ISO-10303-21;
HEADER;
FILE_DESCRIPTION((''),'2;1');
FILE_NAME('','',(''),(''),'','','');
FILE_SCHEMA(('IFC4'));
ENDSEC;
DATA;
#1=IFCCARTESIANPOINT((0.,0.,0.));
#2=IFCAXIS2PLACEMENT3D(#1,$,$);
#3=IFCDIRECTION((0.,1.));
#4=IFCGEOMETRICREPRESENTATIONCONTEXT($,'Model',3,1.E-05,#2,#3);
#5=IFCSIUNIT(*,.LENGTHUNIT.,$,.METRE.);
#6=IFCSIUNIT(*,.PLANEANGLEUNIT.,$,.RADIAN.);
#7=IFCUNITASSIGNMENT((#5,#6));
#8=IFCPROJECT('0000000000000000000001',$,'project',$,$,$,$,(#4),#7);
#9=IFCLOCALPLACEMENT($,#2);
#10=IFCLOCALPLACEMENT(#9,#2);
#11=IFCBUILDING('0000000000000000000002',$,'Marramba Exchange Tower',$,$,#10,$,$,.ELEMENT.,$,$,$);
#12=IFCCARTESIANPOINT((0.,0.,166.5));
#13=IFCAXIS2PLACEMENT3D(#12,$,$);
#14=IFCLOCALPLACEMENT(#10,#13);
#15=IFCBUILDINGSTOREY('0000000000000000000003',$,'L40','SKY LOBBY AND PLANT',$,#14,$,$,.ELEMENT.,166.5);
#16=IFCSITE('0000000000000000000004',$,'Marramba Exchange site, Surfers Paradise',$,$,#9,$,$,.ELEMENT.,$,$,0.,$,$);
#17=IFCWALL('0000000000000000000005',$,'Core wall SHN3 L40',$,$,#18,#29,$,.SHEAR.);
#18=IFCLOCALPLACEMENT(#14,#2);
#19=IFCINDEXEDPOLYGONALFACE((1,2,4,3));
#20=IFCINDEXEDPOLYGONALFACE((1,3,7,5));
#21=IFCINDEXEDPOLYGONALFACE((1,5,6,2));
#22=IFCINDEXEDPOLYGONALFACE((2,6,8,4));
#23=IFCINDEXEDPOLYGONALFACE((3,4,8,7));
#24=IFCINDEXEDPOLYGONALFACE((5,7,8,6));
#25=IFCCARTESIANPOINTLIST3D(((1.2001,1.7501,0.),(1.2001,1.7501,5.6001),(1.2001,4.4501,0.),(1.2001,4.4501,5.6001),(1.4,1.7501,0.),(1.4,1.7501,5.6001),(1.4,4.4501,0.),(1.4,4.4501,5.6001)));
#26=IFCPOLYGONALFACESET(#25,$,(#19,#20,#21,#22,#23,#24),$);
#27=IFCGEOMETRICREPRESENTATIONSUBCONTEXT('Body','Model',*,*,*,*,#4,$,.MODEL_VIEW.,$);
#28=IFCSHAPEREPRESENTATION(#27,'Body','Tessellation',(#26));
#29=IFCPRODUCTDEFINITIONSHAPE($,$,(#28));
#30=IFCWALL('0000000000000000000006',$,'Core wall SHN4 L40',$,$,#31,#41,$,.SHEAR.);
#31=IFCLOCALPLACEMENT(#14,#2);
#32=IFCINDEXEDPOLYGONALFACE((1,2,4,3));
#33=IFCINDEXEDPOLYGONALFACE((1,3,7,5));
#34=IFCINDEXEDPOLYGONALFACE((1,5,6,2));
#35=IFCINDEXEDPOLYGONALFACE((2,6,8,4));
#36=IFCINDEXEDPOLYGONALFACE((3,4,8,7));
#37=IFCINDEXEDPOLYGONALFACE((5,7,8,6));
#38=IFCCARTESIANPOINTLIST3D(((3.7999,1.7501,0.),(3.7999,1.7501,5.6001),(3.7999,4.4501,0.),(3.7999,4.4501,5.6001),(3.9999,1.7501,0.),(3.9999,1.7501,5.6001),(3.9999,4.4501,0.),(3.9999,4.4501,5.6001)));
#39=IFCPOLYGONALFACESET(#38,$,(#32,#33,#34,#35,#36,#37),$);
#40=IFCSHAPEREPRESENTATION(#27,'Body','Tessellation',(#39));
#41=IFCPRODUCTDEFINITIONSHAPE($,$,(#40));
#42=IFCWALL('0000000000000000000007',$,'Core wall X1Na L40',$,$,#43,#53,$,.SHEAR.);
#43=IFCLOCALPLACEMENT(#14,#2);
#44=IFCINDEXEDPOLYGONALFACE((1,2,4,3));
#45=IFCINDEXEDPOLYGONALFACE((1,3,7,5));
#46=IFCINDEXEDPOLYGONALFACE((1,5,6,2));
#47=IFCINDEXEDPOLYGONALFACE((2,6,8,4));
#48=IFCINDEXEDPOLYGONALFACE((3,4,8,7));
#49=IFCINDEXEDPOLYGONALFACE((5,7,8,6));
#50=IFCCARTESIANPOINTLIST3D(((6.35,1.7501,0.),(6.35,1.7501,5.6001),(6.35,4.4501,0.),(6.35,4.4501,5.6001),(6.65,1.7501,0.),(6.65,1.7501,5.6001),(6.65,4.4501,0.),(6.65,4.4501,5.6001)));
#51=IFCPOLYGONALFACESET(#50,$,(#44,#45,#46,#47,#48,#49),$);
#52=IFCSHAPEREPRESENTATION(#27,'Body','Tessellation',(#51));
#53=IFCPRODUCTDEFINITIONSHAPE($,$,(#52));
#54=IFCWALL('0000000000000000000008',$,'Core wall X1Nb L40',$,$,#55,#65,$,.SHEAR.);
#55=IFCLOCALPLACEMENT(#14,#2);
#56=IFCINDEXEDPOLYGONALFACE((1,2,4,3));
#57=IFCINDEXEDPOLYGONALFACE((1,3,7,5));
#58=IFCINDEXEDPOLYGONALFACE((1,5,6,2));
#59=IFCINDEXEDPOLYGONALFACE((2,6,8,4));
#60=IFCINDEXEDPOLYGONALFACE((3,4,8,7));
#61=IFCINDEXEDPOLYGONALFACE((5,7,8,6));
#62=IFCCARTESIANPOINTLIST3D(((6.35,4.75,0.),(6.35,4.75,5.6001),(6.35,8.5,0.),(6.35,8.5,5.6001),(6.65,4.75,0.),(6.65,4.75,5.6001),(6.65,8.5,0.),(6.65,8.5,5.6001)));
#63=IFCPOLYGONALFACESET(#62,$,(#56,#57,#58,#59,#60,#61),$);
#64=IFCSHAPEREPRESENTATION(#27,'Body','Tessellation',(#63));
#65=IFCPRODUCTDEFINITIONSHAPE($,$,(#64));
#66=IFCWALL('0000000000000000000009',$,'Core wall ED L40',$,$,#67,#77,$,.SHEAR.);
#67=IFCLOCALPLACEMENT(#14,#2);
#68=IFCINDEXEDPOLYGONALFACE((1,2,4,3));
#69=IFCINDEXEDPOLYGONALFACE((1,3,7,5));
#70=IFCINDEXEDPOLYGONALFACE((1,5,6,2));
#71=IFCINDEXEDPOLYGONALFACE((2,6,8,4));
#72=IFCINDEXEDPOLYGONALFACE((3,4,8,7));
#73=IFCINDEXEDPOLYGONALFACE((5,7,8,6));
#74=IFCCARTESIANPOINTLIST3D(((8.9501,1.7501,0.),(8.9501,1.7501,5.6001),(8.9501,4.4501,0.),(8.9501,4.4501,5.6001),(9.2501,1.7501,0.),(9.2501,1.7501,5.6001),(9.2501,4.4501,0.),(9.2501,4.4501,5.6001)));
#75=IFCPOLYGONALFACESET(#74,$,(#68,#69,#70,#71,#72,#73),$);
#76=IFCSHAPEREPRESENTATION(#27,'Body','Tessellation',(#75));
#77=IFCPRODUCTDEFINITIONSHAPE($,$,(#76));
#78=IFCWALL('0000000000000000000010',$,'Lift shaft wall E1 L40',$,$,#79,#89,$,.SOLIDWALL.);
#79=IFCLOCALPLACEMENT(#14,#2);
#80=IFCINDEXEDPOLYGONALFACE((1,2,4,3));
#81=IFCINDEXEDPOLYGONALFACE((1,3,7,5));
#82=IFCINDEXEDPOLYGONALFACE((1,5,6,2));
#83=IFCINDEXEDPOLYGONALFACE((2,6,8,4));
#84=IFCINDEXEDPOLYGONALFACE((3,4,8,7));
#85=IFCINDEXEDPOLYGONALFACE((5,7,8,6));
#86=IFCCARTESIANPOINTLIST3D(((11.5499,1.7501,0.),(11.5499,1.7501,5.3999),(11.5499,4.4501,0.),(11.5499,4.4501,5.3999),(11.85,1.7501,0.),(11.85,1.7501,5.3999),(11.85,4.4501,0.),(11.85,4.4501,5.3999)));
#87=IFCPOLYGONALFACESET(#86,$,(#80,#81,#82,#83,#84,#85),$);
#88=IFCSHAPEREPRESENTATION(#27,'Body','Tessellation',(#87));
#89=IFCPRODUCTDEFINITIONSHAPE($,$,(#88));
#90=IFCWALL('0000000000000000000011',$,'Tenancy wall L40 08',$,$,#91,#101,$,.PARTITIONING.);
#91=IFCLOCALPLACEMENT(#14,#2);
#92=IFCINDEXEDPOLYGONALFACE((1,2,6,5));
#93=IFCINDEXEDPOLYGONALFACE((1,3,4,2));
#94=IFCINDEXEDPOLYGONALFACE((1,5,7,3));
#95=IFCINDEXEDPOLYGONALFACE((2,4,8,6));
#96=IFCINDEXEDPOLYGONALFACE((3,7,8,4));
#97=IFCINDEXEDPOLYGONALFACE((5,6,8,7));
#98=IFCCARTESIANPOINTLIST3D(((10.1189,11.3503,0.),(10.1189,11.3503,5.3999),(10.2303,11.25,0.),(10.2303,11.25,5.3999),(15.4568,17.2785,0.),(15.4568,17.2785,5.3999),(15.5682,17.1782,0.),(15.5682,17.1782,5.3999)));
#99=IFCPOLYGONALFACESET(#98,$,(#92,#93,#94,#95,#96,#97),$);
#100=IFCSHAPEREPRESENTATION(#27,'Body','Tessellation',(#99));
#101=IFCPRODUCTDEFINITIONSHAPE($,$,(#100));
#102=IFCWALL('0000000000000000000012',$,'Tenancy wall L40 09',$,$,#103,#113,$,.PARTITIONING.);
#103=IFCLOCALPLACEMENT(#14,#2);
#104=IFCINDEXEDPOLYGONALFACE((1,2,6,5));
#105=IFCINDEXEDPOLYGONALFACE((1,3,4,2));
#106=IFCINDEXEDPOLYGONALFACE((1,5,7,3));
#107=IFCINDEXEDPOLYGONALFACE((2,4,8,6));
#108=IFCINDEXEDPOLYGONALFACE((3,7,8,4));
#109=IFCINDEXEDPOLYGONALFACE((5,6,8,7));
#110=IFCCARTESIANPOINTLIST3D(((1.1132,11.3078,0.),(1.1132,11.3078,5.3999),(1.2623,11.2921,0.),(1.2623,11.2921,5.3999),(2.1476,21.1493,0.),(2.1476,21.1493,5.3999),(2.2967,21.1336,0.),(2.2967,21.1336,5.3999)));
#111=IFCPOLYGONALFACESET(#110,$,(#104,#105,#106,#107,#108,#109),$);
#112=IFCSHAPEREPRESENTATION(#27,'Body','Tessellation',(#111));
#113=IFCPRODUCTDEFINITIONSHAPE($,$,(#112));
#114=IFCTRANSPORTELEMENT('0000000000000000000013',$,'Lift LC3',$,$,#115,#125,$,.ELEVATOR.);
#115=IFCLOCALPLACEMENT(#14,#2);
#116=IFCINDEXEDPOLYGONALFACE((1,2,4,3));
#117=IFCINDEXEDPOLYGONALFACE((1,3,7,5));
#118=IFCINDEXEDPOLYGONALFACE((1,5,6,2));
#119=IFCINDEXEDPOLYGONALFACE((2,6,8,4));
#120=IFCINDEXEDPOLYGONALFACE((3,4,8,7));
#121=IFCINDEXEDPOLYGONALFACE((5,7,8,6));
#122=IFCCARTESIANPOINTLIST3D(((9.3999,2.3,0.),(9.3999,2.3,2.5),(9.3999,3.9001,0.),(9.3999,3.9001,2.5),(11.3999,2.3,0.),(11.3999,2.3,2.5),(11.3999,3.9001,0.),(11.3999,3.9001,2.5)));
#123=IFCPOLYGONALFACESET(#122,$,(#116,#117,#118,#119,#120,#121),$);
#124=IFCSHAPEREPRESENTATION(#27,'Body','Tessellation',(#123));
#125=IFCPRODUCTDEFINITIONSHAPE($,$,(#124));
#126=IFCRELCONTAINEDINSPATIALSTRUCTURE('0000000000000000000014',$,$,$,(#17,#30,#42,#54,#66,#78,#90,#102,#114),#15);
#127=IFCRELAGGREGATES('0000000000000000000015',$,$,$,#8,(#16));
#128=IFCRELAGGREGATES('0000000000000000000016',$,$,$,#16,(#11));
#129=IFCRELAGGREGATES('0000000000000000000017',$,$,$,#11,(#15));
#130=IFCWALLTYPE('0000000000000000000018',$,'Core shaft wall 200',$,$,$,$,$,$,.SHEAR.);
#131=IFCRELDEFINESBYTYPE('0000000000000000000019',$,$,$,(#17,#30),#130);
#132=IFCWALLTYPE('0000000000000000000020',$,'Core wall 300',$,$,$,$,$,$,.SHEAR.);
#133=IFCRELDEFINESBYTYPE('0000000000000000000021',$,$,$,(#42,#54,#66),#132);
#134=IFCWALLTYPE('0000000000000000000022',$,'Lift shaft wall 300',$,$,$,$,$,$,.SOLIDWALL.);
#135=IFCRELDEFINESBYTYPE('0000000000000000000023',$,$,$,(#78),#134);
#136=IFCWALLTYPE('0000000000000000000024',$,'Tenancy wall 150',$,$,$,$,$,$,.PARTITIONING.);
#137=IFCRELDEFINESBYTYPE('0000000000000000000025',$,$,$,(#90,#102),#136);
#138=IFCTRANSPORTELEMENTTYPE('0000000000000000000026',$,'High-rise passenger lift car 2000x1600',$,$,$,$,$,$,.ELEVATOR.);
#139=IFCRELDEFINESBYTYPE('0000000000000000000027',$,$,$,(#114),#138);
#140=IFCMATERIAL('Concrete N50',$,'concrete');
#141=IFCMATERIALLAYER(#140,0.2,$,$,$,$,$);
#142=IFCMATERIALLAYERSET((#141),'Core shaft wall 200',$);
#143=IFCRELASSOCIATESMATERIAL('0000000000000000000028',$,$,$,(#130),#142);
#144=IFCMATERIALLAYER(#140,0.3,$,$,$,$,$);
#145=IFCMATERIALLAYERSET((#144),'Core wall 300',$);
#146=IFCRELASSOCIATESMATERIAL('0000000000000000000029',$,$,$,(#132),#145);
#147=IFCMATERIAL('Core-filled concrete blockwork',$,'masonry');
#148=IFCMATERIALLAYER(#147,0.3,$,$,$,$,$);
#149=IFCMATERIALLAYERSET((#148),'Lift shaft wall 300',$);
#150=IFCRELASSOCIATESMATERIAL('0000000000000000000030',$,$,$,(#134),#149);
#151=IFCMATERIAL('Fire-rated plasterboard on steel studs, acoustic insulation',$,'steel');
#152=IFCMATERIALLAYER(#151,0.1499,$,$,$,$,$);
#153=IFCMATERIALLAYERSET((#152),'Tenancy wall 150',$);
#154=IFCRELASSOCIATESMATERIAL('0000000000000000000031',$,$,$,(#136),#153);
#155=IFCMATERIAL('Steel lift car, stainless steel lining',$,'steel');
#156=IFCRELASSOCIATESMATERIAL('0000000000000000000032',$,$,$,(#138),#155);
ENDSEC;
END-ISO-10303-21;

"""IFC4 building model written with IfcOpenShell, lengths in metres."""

from ifc_helpers import new_model, si_unit, direction, frame, frame_2d, origin, origin_2d, place, context, subcontext, project, spatial, rectangle, extrude, material, layer, layer_set, type_object, element, save


model = new_model("IFC4")

# Units and contexts
model_context = context("Model", 3, precision=1e-05, world=origin(), true_north=direction((0.0, 1.0)))
body_context = subcontext(model_context, "Body", "Model", "MODEL_VIEW")
ifc_project = project(units=[si_unit("LENGTHUNIT", "METRE"), si_unit("PLANEANGLEUNIT", "RADIAN")], contexts=[model_context])

# Site, building, storey
site_placement = place(None, origin())
site = spatial("IfcSite", under=ifc_project, at=site_placement, Name="Marramba Exchange site, Surfers Paradise", CompositionType="ELEMENT", RefElevation=0.0)
building_placement = place(site_placement, origin())
building = spatial("IfcBuilding", under=site, at=building_placement, Name="Marramba Exchange Tower", CompositionType="ELEMENT")
storey_placement = place(building_placement, frame((0.0, 0.0, 166.5)))
storey = spatial("IfcBuildingStorey", under=building, at=storey_placement, Name="L40", Description="SKY LOBBY AND PLANT", CompositionType="ELEMENT", Elevation=166.5)

# Shared definitions
ifc_material_1 = material(Name="Concrete N50", Category="concrete")

# Walls
ifc_layer_1 = layer(ifc_material_1, 0.2)
ifc_layer_set_1 = layer_set([ifc_layer_1], Name="Core shaft wall 200")
wall_type_1 = type_object("IfcWallType", Name="Core shaft wall 200", PredefinedType="SHEAR", material=ifc_layer_set_1)
for number, where, z_axis, x_axis, name in (
    (1, (1.3, 1.75, 0.0), (0.0, 0.0, 1.0), (0.0, 1.0, 0.0), "Core wall SHN3 L40"),
    (2, (3.8999, 1.75, 0.0), (0.0, 0.0, 1.0), (0.0, 1.0, 0.0), "Core wall SHN4 L40"),
):
    element("IfcWall", number, at=place(storey_placement, frame(where, z_axis=z_axis, x_axis=x_axis)), inside=storey, type_object=wall_type_1, Name=name, PredefinedType="SHEAR", context=body_context, shape_type="SweptSolid", body=[
        extrude(rectangle(XDim=2.7, YDim=0.2, at=frame_2d((1.3501, 0.0))), origin(), (0.0, 0.0, 1.0), 5.6001),
    ])
ifc_layer_2 = layer(ifc_material_1, 0.3)
ifc_layer_set_2 = layer_set([ifc_layer_2], Name="Core wall 300")
wall_type_2 = type_object("IfcWallType", Name="Core wall 300", PredefinedType="SHEAR", material=ifc_layer_set_2)
wall_1_placement = place(storey_placement, frame((6.5, 1.75, 0.0), z_axis=(0.0, 0.0, 1.0), x_axis=(0.0, 1.0, 0.0)))
element("IfcWall", 3, at=wall_1_placement, inside=storey, type_object=wall_type_2, Name="Core wall X1Na L40", PredefinedType="SHEAR", context=body_context, shape_type="SweptSolid", body=[
    extrude(rectangle(XDim=2.7, YDim=0.3, at=frame_2d((1.3501, 0.0))), origin(), (0.0, 0.0, 1.0), 5.6001),
])
wall_2_placement = place(storey_placement, frame((6.5, 4.75, 0.0), z_axis=(0.0, 0.0, 1.0), x_axis=(0.0, 1.0, 0.0)))
element("IfcWall", 4, at=wall_2_placement, inside=storey, type_object=wall_type_2, Name="Core wall X1Nb L40", PredefinedType="SHEAR", context=body_context, shape_type="SweptSolid", body=[
    extrude(rectangle(XDim=3.75, YDim=0.3, at=frame_2d((1.875, 0.0))), origin(), (0.0, 0.0, 1.0), 5.6001),
])
wall_3_placement = place(storey_placement, frame((9.1001, 1.75, 0.0), z_axis=(0.0, 0.0, 1.0), x_axis=(0.0, 1.0, 0.0)))
element("IfcWall", 5, at=wall_3_placement, inside=storey, type_object=wall_type_2, Name="Core wall ED L40", PredefinedType="SHEAR", context=body_context, shape_type="SweptSolid", body=[
    extrude(rectangle(XDim=2.7, YDim=0.3, at=frame_2d((1.3501, 0.0))), origin(), (0.0, 0.0, 1.0), 5.6001),
])
ifc_material_2 = material(Name="Core-filled concrete blockwork", Category="masonry")
ifc_layer_3 = layer(ifc_material_2, 0.3)
ifc_layer_set_3 = layer_set([ifc_layer_3], Name="Lift shaft wall 300")
wall_type_3 = type_object("IfcWallType", Name="Lift shaft wall 300", PredefinedType="SOLIDWALL", material=ifc_layer_set_3)
wall_4_placement = place(storey_placement, frame((11.7, 1.75, 0.0), z_axis=(0.0, 0.0, 1.0), x_axis=(0.0, 1.0, 0.0)))
element("IfcWall", 6, at=wall_4_placement, inside=storey, type_object=wall_type_3, Name="Lift shaft wall E1 L40", PredefinedType="SOLIDWALL", context=body_context, shape_type="SweptSolid", body=[
    extrude(rectangle(XDim=2.7, YDim=0.3, at=frame_2d((1.3501, 0.0))), origin(), (0.0, 0.0, 1.0), 5.3999),
])
ifc_material_3 = material(Name="Fire-rated plasterboard on steel studs, acoustic insulation", Category="steel")
ifc_layer_4 = layer(ifc_material_3, 0.1499)
ifc_layer_set_4 = layer_set([ifc_layer_4], Name="Tenancy wall 150")
wall_type_4 = type_object("IfcWallType", Name="Tenancy wall 150", PredefinedType="PARTITIONING", material=ifc_layer_set_4)
wall_5_placement = place(storey_placement, frame((10.1746, 11.3, 0.0), z_axis=(0.0, 0.0, 1.0), x_axis=(0.669137, 0.743139, 0.0)))
element("IfcWall", 7, at=wall_5_placement, inside=storey, type_object=wall_type_4, Name="Tenancy wall L40 08", PredefinedType="PARTITIONING", context=body_context, shape_type="SweptSolid", body=[
    extrude(rectangle(XDim=7.9773, YDim=0.1499, at=frame_2d((3.9888, 0.0))), origin(), (0.0, 0.0, 1.0), 5.3999),
])
wall_6_placement = place(storey_placement, frame((1.1877, 11.3, 0.0), z_axis=(0.0, 0.0, 1.0), x_axis=(0.104532, 0.994522, 0.0)))
element("IfcWall", 8, at=wall_6_placement, inside=storey, type_object=wall_type_4, Name="Tenancy wall L40 09", PredefinedType="PARTITIONING", context=body_context, shape_type="SweptSolid", body=[
    extrude(rectangle(XDim=9.8958, YDim=0.1499, at=frame_2d((4.9478, 0.0))), origin(), (0.0, 0.0, 1.0), 5.3999),
])

# Transport element
ifc_material_4 = material(Name="Steel lift car, stainless steel lining", Category="steel")
transport_element_type = type_object("IfcTransportElementType", Name="High-rise passenger lift car 2000x1600", PredefinedType="ELEVATOR", material=ifc_material_4)
transport_element_placement = place(storey_placement, frame((10.3999, 3.1001, 0.0), z_axis=(0.0, 0.0, 1.0), x_axis=(1.0, 0.0, 0.0)))
element("IfcTransportElement", 9, at=transport_element_placement, inside=storey, type_object=transport_element_type, Name="Lift LC3", PredefinedType="ELEVATOR", context=body_context, shape_type="SweptSolid", body=[
    extrude(rectangle(XDim=2.0, YDim=1.6001, at=origin_2d()), origin(), (0.0, 0.0, 1.0), 2.5),
])

save(model, "model.ifc")
